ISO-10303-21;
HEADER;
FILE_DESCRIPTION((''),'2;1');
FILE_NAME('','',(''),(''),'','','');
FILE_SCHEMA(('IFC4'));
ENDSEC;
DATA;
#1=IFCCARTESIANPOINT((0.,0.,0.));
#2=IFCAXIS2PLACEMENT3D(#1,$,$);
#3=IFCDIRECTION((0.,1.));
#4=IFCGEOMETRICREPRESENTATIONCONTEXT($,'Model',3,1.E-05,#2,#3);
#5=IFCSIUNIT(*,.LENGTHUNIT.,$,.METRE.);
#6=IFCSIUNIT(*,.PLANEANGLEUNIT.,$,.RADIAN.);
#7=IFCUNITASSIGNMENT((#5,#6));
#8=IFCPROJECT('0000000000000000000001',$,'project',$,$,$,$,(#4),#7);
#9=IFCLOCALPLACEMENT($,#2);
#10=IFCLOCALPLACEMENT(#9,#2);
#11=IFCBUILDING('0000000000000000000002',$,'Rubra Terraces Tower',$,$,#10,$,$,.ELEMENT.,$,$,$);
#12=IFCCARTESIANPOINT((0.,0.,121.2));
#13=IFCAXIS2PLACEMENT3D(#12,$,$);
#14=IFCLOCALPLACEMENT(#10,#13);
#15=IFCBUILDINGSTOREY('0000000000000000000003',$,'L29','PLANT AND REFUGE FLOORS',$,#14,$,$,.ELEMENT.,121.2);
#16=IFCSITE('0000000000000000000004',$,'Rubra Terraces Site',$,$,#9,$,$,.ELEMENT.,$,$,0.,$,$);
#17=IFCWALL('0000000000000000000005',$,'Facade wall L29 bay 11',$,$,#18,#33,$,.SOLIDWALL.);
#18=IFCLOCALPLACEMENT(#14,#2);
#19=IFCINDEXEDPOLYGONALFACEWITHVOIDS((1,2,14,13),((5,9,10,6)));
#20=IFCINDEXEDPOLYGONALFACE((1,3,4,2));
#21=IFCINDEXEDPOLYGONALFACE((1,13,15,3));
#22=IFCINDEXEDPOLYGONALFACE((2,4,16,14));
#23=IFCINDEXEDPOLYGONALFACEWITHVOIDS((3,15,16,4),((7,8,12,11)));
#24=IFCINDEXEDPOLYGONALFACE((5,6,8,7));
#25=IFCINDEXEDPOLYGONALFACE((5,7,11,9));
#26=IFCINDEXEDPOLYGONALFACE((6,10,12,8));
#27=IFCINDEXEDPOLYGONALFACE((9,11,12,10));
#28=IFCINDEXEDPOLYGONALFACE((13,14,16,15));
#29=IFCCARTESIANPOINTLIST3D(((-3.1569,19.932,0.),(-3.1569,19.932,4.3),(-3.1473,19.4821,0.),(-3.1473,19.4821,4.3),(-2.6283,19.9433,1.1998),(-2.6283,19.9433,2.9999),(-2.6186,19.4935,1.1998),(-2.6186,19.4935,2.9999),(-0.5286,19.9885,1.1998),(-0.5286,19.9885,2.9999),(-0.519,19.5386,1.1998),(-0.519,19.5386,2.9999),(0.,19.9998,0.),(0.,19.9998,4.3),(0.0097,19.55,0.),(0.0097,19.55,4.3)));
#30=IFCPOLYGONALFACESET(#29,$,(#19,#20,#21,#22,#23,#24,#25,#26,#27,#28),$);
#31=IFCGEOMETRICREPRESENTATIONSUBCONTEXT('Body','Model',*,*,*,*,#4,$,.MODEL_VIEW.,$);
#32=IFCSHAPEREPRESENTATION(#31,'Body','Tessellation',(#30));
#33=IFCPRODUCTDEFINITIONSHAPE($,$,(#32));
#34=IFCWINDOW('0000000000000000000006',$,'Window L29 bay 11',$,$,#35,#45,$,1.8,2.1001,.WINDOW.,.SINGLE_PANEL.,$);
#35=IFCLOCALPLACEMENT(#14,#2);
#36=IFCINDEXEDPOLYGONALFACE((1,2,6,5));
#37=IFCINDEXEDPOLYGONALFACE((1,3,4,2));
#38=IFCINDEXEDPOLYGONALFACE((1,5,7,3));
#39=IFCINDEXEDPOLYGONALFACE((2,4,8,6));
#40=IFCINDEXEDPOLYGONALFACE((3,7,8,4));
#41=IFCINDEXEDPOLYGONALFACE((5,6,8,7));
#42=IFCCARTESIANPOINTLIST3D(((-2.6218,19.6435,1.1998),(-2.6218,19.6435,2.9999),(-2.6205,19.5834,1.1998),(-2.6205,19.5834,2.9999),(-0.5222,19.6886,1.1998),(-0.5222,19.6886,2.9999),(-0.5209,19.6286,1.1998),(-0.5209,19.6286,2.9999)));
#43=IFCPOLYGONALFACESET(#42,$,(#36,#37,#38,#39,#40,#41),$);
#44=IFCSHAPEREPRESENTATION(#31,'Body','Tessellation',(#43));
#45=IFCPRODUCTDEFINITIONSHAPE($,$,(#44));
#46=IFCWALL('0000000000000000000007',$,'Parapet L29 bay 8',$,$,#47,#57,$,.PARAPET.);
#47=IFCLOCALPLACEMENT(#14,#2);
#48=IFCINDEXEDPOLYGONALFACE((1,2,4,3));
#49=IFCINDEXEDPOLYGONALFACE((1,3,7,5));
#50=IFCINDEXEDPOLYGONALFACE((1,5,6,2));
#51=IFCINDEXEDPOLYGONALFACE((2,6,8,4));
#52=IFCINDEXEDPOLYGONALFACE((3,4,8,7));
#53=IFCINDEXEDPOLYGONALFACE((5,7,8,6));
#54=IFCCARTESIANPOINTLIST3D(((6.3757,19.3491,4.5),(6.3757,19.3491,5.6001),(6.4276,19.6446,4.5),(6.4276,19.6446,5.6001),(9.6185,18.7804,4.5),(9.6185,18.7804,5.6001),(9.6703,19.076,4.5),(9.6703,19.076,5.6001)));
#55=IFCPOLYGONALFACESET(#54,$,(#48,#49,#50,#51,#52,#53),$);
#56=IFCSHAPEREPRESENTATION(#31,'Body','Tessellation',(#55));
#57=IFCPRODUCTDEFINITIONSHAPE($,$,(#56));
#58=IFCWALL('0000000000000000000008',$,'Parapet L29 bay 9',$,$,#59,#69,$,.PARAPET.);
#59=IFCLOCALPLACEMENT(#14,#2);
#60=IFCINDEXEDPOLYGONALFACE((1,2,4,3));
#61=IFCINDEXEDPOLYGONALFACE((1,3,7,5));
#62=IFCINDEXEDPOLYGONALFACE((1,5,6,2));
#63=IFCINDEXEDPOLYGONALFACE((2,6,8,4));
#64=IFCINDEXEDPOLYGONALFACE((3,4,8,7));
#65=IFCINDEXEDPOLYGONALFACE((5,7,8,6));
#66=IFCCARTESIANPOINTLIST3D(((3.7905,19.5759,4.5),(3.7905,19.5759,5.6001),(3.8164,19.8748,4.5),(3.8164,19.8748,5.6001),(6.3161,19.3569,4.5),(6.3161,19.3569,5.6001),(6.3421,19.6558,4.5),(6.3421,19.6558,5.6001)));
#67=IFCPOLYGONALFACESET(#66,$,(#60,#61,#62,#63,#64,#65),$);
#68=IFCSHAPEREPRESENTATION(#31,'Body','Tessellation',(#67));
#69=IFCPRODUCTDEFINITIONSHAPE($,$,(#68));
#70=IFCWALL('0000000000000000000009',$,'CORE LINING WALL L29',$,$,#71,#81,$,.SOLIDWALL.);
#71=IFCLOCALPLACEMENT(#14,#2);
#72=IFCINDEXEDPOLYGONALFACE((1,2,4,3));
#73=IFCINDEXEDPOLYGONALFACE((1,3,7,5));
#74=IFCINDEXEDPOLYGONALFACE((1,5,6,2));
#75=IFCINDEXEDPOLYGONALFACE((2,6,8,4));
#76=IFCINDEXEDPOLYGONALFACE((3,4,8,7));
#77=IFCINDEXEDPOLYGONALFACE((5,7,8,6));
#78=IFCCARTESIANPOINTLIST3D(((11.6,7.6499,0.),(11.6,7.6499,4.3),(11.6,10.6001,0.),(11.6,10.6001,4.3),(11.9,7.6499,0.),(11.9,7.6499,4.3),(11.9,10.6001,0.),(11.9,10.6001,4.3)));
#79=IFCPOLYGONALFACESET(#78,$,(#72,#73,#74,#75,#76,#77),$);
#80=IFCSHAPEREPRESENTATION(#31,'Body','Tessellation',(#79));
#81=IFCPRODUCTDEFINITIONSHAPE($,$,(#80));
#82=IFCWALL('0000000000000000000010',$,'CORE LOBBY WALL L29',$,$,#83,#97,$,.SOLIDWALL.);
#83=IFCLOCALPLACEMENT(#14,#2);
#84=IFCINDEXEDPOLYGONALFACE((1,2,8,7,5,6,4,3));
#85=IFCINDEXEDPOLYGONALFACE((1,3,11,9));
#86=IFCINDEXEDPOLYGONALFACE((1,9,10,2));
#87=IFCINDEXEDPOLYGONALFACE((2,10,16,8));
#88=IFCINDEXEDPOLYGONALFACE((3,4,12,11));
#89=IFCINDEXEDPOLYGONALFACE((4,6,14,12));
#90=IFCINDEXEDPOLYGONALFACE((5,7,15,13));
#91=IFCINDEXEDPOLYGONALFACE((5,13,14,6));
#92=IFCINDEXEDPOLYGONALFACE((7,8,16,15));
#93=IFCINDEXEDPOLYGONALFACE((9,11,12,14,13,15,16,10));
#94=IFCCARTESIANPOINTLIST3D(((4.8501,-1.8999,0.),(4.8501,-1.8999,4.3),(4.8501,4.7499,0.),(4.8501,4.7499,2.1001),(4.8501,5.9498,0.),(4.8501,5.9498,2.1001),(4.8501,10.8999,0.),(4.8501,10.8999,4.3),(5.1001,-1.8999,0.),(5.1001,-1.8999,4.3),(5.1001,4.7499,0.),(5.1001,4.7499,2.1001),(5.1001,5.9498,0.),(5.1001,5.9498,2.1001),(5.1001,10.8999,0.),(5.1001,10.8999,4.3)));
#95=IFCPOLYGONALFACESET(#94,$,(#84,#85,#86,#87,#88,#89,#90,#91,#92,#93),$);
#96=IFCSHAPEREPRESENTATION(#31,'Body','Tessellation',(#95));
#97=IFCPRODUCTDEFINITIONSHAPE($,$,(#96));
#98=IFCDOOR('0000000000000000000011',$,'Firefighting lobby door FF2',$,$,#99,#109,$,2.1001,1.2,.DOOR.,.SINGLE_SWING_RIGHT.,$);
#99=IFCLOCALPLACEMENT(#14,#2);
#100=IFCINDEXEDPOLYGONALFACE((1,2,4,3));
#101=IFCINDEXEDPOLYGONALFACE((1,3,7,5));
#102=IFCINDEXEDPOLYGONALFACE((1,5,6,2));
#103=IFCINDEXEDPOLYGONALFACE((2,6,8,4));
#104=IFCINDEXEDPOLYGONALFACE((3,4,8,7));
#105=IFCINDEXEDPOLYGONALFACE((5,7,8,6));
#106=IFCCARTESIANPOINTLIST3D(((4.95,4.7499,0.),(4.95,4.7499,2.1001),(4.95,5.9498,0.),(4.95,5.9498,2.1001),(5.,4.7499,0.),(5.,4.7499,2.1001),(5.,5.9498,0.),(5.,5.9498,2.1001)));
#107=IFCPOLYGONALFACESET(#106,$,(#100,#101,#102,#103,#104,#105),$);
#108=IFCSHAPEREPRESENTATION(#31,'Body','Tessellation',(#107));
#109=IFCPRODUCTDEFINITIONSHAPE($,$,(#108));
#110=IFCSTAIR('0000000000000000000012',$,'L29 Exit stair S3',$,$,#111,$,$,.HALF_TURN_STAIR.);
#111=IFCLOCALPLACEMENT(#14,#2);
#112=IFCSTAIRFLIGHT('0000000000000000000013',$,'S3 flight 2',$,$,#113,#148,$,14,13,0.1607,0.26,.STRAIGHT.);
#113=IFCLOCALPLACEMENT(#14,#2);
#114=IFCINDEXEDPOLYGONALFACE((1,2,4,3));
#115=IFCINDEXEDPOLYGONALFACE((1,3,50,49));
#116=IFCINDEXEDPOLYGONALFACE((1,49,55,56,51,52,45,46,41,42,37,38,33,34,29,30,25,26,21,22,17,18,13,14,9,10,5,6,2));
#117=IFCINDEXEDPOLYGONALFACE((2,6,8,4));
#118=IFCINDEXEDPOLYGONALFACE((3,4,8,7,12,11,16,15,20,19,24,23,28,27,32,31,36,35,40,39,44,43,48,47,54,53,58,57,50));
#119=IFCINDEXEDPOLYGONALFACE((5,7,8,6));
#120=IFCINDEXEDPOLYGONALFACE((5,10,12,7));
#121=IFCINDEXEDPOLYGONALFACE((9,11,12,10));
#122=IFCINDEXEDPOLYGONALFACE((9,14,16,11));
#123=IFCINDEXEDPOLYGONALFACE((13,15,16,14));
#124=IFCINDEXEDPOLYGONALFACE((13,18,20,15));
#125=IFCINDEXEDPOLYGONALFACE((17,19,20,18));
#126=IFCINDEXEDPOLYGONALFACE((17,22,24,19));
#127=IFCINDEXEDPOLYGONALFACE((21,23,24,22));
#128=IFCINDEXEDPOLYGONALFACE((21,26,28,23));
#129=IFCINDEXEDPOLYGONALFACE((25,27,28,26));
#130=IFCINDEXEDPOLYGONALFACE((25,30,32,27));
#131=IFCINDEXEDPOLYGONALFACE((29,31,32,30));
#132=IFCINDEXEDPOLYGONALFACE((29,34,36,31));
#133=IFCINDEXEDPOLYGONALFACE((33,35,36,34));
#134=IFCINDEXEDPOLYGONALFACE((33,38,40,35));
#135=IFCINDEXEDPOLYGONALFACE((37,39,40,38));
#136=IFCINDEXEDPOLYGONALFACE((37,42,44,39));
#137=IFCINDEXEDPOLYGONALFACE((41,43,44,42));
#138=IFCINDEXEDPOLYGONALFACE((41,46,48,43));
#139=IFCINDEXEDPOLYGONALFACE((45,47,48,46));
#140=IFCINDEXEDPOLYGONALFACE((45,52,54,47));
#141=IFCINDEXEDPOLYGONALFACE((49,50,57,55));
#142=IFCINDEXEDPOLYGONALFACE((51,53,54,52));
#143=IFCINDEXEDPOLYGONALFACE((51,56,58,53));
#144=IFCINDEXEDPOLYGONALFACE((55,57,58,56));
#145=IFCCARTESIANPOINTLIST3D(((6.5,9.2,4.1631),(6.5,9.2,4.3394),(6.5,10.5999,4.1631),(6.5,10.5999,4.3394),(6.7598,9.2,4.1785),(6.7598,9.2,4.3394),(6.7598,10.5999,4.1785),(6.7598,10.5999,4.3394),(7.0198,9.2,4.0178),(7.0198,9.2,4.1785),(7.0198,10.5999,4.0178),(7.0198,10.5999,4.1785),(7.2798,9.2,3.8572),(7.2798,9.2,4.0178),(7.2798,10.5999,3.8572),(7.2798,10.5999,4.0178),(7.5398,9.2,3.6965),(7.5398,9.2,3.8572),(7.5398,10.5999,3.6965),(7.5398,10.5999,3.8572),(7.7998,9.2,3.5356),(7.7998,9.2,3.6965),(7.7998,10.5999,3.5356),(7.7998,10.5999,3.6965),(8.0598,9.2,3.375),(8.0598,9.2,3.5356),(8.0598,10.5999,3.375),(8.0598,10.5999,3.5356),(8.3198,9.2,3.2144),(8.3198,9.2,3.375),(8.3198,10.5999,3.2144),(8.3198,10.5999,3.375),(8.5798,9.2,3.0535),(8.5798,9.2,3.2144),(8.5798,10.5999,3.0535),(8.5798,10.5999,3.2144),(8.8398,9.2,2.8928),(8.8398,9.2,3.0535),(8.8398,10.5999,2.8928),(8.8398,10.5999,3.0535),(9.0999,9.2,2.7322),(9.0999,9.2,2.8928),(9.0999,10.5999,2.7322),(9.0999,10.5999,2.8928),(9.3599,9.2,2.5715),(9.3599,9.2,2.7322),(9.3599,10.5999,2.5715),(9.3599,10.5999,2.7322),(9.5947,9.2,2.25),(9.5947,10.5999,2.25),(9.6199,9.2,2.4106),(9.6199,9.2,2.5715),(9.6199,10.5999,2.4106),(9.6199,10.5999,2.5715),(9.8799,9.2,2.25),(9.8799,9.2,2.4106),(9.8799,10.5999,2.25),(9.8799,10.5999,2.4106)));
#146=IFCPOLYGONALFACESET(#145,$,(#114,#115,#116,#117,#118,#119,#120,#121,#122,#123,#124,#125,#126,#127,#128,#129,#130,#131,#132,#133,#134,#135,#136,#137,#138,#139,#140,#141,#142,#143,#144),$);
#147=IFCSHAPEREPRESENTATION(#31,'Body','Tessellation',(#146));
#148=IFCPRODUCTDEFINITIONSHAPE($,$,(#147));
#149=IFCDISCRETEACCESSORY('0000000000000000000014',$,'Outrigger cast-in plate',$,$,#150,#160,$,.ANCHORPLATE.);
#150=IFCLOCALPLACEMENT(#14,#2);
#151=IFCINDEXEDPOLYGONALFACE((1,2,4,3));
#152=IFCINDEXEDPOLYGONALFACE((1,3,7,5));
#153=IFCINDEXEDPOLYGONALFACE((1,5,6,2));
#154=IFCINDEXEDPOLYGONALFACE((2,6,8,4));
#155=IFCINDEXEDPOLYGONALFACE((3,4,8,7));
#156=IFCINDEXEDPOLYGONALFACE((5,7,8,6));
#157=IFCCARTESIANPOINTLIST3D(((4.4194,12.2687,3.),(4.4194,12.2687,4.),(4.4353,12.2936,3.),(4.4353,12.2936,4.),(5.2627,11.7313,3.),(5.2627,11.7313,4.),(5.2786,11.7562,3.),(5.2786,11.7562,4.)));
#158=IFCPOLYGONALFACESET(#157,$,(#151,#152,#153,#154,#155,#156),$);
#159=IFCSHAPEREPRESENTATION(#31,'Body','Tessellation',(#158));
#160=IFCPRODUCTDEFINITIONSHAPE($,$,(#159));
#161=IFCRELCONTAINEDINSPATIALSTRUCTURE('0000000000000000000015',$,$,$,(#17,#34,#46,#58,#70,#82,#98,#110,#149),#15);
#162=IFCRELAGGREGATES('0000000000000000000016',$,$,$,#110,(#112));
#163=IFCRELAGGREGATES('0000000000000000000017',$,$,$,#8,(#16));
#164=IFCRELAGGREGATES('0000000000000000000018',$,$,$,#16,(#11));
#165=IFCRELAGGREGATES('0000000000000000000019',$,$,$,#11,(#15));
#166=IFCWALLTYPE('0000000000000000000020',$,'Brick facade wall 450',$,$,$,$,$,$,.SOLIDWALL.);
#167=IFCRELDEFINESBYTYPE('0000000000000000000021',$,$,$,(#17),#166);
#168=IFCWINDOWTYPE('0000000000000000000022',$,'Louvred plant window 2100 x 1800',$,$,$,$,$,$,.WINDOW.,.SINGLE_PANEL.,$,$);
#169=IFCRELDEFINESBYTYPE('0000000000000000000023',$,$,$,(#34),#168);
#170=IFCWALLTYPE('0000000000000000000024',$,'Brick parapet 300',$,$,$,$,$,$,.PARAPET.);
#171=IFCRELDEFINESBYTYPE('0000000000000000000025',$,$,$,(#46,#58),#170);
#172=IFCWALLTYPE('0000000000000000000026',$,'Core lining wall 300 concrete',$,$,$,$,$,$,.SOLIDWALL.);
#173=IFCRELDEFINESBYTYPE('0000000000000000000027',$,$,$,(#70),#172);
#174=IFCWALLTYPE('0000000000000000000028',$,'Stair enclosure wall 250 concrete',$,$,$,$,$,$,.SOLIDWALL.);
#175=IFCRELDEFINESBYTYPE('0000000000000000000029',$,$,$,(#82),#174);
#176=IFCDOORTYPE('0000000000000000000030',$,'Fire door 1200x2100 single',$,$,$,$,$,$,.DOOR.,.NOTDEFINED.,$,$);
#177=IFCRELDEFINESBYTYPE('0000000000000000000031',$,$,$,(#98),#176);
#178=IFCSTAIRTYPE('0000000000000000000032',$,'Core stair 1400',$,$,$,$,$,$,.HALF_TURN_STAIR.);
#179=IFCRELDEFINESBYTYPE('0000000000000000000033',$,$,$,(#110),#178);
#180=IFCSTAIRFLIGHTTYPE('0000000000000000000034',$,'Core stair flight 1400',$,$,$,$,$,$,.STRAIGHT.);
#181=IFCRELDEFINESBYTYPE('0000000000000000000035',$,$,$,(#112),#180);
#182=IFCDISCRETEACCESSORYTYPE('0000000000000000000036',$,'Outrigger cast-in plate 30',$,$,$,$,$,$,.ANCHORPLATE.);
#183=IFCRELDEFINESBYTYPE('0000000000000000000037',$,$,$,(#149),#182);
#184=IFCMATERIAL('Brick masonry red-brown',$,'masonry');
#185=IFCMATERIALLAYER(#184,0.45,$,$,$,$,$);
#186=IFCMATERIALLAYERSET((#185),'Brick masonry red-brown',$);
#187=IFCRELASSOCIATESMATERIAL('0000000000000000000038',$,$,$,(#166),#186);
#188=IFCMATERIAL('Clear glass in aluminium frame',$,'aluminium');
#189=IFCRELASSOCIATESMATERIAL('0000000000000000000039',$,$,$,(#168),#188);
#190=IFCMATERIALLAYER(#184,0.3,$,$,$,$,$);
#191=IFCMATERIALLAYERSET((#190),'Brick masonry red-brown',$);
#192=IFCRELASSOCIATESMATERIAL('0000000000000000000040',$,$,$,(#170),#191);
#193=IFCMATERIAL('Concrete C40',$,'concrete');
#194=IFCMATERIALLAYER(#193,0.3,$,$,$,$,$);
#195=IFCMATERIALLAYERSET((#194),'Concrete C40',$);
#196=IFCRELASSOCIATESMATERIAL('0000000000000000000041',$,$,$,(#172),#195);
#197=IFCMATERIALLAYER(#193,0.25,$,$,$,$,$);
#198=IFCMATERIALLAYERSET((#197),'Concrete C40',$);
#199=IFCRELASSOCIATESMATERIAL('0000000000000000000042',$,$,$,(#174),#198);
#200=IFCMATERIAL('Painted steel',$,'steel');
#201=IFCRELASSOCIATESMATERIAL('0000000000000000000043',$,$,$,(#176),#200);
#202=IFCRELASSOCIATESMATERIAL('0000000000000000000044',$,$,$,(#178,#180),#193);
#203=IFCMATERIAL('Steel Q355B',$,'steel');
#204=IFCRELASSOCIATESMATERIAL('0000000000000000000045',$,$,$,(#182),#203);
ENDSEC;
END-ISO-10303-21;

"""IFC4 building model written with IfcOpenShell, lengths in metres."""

from ifc_helpers import new_model, si_unit, direction, frame, frame_2d, origin, origin_2d, place, context, subcontext, project, spatial, polyline, rectangle, outline, extrude, material, layer, layer_set, material_profile, profile_set, type_object, element, fill, aggregate, save


model = new_model("IFC4")

# Units and contexts
model_context = context("Model", 3, precision=1e-05, world=origin(), true_north=direction((0.0, 1.0)))
body_context = subcontext(model_context, "Body", "Model", "MODEL_VIEW")
ifc_project = project(units=[si_unit("LENGTHUNIT", "METRE"), si_unit("PLANEANGLEUNIT", "RADIAN")], contexts=[model_context])

# Site, building, storey
site_placement = place(None, origin())
site = spatial("IfcSite", under=ifc_project, at=site_placement, Name="Rubra Terraces Site", CompositionType="ELEMENT", RefElevation=0.0)
building_placement = place(site_placement, origin())
building = spatial("IfcBuilding", under=site, at=building_placement, Name="Rubra Terraces Tower", CompositionType="ELEMENT")
storey_placement = place(building_placement, frame((0.0, 0.0, 121.2)))
storey = spatial("IfcBuildingStorey", under=building, at=storey_placement, Name="L29", Description="PLANT AND REFUGE FLOORS", CompositionType="ELEMENT", Elevation=121.2)

# Shared definitions
ifc_material_1 = material(Name="Steel Q355B", Category="steel")

# Shared definitions
ifc_material_2 = material(Name="Brick masonry red-brown", Category="masonry")
ifc_layer_1 = layer(ifc_material_2, 0.45)
ifc_layer_set_1 = layer_set([ifc_layer_1], Name="Brick masonry red-brown")
wall_type_1 = type_object("IfcWallType", Name="Brick facade wall 450", PredefinedType="SOLIDWALL", material=ifc_layer_set_1)

# Wall, opening, window
ifc_material_3 = material(Name="Clear glass in aluminium frame", Category="aluminium")
window_type = type_object("IfcWindowType", Name="Louvred plant window 2100 x 1800", PartitioningType="SINGLE_PANEL", PredefinedType="WINDOW", material=ifc_material_3)
wall_1_placement = place(storey_placement, frame((0.0049, 19.7749, 0.0), z_axis=(0.0, 0.0, 1.0), x_axis=(-0.999769, -0.021494, 0.0)))
wall_1 = element("IfcWall", 1, at=wall_1_placement, inside=storey, type_object=wall_type_1, Name="Facade wall L29 bay 11", PredefinedType="SOLIDWALL", context=body_context, shape_type="SweptSolid", body=[
    extrude(rectangle(XDim=3.1577, YDim=0.45, at=frame_2d((1.5789, 0.0))), origin(), (0.0, 0.0, 1.0), 4.3),
])
opening_1_placement = place(wall_1_placement, frame((0.5288, 0.0, 1.2)))
opening_1 = element("IfcOpeningElement", 2, at=opening_1_placement, cuts=wall_1, PredefinedType="OPENING", context=body_context, shape_type="SweptSolid", body=[
    extrude(rectangle(XDim=2.1001, YDim=1.8, at=frame_2d((1.05, 0.8999))), frame((0.0, 0.2349, 0.0), z_axis=(0.0, -1.0, 0.0), x_axis=(1.0, 0.0, 0.0)), (0.0, 0.0, 1.0), 0.47),
])
window_1_placement = place(opening_1_placement, origin())
window_1 = element("IfcWindow", 3, at=window_1_placement, inside=storey, type_object=window_type, Name="Window L29 bay 11", OverallHeight=1.8, OverallWidth=2.1001, PartitioningType="SINGLE_PANEL", PredefinedType="WINDOW", context=body_context, shape_type="SweptSolid", body=[
    extrude(rectangle(XDim=2.1001, YDim=1.8, at=frame_2d((1.05, 0.8999))), frame((0.0, 0.135, 0.0), z_axis=(0.0, -1.0, 0.0), x_axis=(1.0, 0.0, 0.0)), (0.0, 0.0, 1.0), 0.0601),
])
fill(opening_1, window_1)

# Walls
ifc_layer_2 = layer(ifc_material_2, 0.3)
ifc_layer_set_2 = layer_set([ifc_layer_2], Name="Brick masonry red-brown")
wall_type_2 = type_object("IfcWallType", Name="Brick parapet 300", PredefinedType="PARAPET", material=ifc_layer_set_2)
wall_2_placement = place(storey_placement, frame((9.6443, 18.9282, 4.5), z_axis=(0.0, 0.0, 1.0), x_axis=(-0.984972, 0.172715, 0.0)))
element("IfcWall", 4, at=wall_2_placement, inside=storey, type_object=wall_type_2, Name="Parapet L29 bay 8", PredefinedType="PARAPET", context=body_context, shape_type="SweptSolid", body=[
    extrude(rectangle(XDim=3.2922, YDim=0.3, at=frame_2d((1.646, 0.0))), origin(), (0.0, 0.0, 1.0), 1.1001),
])
wall_3_placement = place(storey_placement, frame((6.3291, 19.5063, 4.5), z_axis=(0.0, 0.0, 1.0), x_axis=(-0.996262, 0.086384, 0.0)))
element("IfcWall", 5, at=wall_3_placement, inside=storey, type_object=wall_type_2, Name="Parapet L29 bay 9", PredefinedType="PARAPET", context=body_context, shape_type="SweptSolid", body=[
    extrude(rectangle(XDim=2.5352, YDim=0.3, at=frame_2d((1.2676, 0.0))), origin(), (0.0, 0.0, 1.0), 1.1001),
])
ifc_material_4 = material(Name="Concrete C40", Category="concrete")
ifc_layer_3 = layer(ifc_material_4, 0.3)
ifc_layer_set_3 = layer_set([ifc_layer_3], Name="Concrete C40")
wall_type_3 = type_object("IfcWallType", Name="Core lining wall 300 concrete", PredefinedType="SOLIDWALL", material=ifc_layer_set_3)
wall_4_placement = place(storey_placement, frame((11.75, 10.6001, 0.0), z_axis=(0.0, 0.0, 1.0), x_axis=(0.0, -1.0, 0.0)))
element("IfcWall", 6, at=wall_4_placement, inside=storey, type_object=wall_type_3, Name="CORE LINING WALL L29", PredefinedType="SOLIDWALL", context=body_context, shape_type="SweptSolid", body=[
    extrude(rectangle(XDim=2.9502, YDim=0.3, at=frame_2d((1.4751, 0.0))), origin(), (0.0, 0.0, 1.0), 4.3),
])

# Wall, opening, door
ifc_layer_4 = layer(ifc_material_4, 0.25)
ifc_layer_set_4 = layer_set([ifc_layer_4], Name="Concrete C40")
wall_type_4 = type_object("IfcWallType", Name="Stair enclosure wall 250 concrete", PredefinedType="SOLIDWALL", material=ifc_layer_set_4)
wall_5_placement = place(storey_placement, frame((4.9751, 10.8999, 0.0), z_axis=(0.0, 0.0, 1.0), x_axis=(0.0, -1.0, 0.0)))
wall_5 = element("IfcWall", 7, at=wall_5_placement, inside=storey, type_object=wall_type_4, Name="CORE LOBBY WALL L29", PredefinedType="SOLIDWALL", context=body_context, shape_type="SweptSolid", body=[
    extrude(rectangle(XDim=12.7998, YDim=0.25, at=frame_2d((6.3999, 0.0))), origin(), (0.0, 0.0, 1.0), 4.3),
])
opening_2_placement = place(wall_5_placement, frame((4.95, 0.0, 0.0)))
opening_2 = element("IfcOpeningElement", 8, at=opening_2_placement, cuts=wall_5, PredefinedType="OPENING", context=body_context, shape_type="SweptSolid", body=[
    extrude(rectangle(XDim=1.2, YDim=2.1001, at=frame_2d((0.6001, 1.05))), frame((0.0, 0.135, 0.0), z_axis=(0.0, -1.0, 0.0), x_axis=(1.0, 0.0, 0.0)), (0.0, 0.0, 1.0), 0.27),
])
ifc_material_5 = material(Name="Painted steel", Category="steel")
door_type = type_object("IfcDoorType", Name="Fire door 1200x2100 single", OperationType="NOTDEFINED", PredefinedType="DOOR", material=ifc_material_5)
door_placement = place(opening_2_placement, origin())
door = element("IfcDoor", 9, at=door_placement, inside=storey, type_object=door_type, Name="Firefighting lobby door FF2", OperationType="SINGLE_SWING_RIGHT", OverallHeight=2.1001, OverallWidth=1.2, PredefinedType="DOOR", context=body_context, shape_type="SweptSolid", body=[
    extrude(rectangle(XDim=1.2, YDim=2.1001, at=frame_2d((0.6001, 1.05))), frame((0.0, 0.0249, 0.0), z_axis=(0.0, -1.0, 0.0), x_axis=(1.0, 0.0, 0.0)), (0.0, 0.0, 1.0), 0.05),
])
fill(opening_2, door)

# Stair, stair flight
stair_type = type_object("IfcStairType", Name="Core stair 1400", PredefinedType="HALF_TURN_STAIR", material=ifc_material_4)
stair_placement = place(storey_placement, origin())
stair = element("IfcStair", 10, at=stair_placement, inside=storey, type_object=stair_type, Name="L29 Exit stair S3", PredefinedType="HALF_TURN_STAIR")
stair_flight_type = type_object("IfcStairFlightType", Name="Core stair flight 1400", PredefinedType="STRAIGHT", material=ifc_material_4)
stair_flight_placement = place(storey_placement, frame((9.8799, 9.8999, 2.25), z_axis=(0.0, 0.0, 1.0), x_axis=(-1.0, 0.0, 0.0)))
stair_flight = element("IfcStairFlight", 11, at=stair_flight_placement, type_object=stair_flight_type, Name="S3 flight 2", NumberOfRisers=14, NumberOfTreads=13, PredefinedType="STRAIGHT", RiserHeight=0.1607, TreadLength=0.26, context=body_context, shape_type="SweptSolid", body=[
    extrude(outline(polyline([(0.0, 0.0), (0.0, 0.1606), (0.26, 0.1606), (0.26, 0.3215), (0.52, 0.3215), (0.52, 0.4822), (0.78, 0.4822), (0.78, 0.6428), (1.04, 0.6428), (1.04, 0.8035), (1.3, 0.8035), (1.3, 0.9644), (1.5601, 0.9644), (1.5601, 1.125), (1.8201, 1.125), (1.8201, 1.2856), (2.0801, 1.2856), (2.0801, 1.4465), (2.3401, 1.4465), (2.3401, 1.6072), (2.6001, 1.6072), (2.6001, 1.7678), (2.8601, 1.7678), (2.8601, 1.9285), (3.1201, 1.9285), (3.1201, 2.0894), (3.3799, 2.0894), (3.3799, 2.25), (3.3799, 1.9131), (0.2852, 0.0), (0.0, 0.0)])), frame((0.0, 0.7, 0.0), z_axis=(0.0, -1.0, 0.0), x_axis=(1.0, 0.0, 0.0)), (0.0, 0.0, 1.0), 1.3999),
])
aggregate(stair, [stair_flight])

# Discrete accessory
ifc_material_profile_1 = material_profile(ifc_material_1, rectangle(XDim=1.0, YDim=1.0, at=origin_2d()), Name="PL 1000x1000x30")
ifc_profile_set_1 = profile_set([ifc_material_profile_1], Name="Steel Q355B")
discrete_accessory_type_1 = type_object("IfcDiscreteAccessoryType", Name="Outrigger cast-in plate 30", PredefinedType="ANCHORPLATE", material=ifc_profile_set_1)
discrete_accessory_1_placement = place(storey_placement, frame((4.8411, 12.0, 3.5), z_axis=(0.53741, 0.843321, 0.0), x_axis=(-0.843321, 0.53741, 0.0)))
element("IfcDiscreteAccessory", 12, at=discrete_accessory_1_placement, inside=storey, type_object=discrete_accessory_type_1, Name="Outrigger cast-in plate", PredefinedType="ANCHORPLATE", context=body_context, shape_type="SweptSolid", body=[
    extrude(rectangle(XDim=1.0, YDim=1.0, at=origin_2d()), origin(), (0.0, 0.0, 1.0), 0.0295),
])

save(model, "model.ifc")
